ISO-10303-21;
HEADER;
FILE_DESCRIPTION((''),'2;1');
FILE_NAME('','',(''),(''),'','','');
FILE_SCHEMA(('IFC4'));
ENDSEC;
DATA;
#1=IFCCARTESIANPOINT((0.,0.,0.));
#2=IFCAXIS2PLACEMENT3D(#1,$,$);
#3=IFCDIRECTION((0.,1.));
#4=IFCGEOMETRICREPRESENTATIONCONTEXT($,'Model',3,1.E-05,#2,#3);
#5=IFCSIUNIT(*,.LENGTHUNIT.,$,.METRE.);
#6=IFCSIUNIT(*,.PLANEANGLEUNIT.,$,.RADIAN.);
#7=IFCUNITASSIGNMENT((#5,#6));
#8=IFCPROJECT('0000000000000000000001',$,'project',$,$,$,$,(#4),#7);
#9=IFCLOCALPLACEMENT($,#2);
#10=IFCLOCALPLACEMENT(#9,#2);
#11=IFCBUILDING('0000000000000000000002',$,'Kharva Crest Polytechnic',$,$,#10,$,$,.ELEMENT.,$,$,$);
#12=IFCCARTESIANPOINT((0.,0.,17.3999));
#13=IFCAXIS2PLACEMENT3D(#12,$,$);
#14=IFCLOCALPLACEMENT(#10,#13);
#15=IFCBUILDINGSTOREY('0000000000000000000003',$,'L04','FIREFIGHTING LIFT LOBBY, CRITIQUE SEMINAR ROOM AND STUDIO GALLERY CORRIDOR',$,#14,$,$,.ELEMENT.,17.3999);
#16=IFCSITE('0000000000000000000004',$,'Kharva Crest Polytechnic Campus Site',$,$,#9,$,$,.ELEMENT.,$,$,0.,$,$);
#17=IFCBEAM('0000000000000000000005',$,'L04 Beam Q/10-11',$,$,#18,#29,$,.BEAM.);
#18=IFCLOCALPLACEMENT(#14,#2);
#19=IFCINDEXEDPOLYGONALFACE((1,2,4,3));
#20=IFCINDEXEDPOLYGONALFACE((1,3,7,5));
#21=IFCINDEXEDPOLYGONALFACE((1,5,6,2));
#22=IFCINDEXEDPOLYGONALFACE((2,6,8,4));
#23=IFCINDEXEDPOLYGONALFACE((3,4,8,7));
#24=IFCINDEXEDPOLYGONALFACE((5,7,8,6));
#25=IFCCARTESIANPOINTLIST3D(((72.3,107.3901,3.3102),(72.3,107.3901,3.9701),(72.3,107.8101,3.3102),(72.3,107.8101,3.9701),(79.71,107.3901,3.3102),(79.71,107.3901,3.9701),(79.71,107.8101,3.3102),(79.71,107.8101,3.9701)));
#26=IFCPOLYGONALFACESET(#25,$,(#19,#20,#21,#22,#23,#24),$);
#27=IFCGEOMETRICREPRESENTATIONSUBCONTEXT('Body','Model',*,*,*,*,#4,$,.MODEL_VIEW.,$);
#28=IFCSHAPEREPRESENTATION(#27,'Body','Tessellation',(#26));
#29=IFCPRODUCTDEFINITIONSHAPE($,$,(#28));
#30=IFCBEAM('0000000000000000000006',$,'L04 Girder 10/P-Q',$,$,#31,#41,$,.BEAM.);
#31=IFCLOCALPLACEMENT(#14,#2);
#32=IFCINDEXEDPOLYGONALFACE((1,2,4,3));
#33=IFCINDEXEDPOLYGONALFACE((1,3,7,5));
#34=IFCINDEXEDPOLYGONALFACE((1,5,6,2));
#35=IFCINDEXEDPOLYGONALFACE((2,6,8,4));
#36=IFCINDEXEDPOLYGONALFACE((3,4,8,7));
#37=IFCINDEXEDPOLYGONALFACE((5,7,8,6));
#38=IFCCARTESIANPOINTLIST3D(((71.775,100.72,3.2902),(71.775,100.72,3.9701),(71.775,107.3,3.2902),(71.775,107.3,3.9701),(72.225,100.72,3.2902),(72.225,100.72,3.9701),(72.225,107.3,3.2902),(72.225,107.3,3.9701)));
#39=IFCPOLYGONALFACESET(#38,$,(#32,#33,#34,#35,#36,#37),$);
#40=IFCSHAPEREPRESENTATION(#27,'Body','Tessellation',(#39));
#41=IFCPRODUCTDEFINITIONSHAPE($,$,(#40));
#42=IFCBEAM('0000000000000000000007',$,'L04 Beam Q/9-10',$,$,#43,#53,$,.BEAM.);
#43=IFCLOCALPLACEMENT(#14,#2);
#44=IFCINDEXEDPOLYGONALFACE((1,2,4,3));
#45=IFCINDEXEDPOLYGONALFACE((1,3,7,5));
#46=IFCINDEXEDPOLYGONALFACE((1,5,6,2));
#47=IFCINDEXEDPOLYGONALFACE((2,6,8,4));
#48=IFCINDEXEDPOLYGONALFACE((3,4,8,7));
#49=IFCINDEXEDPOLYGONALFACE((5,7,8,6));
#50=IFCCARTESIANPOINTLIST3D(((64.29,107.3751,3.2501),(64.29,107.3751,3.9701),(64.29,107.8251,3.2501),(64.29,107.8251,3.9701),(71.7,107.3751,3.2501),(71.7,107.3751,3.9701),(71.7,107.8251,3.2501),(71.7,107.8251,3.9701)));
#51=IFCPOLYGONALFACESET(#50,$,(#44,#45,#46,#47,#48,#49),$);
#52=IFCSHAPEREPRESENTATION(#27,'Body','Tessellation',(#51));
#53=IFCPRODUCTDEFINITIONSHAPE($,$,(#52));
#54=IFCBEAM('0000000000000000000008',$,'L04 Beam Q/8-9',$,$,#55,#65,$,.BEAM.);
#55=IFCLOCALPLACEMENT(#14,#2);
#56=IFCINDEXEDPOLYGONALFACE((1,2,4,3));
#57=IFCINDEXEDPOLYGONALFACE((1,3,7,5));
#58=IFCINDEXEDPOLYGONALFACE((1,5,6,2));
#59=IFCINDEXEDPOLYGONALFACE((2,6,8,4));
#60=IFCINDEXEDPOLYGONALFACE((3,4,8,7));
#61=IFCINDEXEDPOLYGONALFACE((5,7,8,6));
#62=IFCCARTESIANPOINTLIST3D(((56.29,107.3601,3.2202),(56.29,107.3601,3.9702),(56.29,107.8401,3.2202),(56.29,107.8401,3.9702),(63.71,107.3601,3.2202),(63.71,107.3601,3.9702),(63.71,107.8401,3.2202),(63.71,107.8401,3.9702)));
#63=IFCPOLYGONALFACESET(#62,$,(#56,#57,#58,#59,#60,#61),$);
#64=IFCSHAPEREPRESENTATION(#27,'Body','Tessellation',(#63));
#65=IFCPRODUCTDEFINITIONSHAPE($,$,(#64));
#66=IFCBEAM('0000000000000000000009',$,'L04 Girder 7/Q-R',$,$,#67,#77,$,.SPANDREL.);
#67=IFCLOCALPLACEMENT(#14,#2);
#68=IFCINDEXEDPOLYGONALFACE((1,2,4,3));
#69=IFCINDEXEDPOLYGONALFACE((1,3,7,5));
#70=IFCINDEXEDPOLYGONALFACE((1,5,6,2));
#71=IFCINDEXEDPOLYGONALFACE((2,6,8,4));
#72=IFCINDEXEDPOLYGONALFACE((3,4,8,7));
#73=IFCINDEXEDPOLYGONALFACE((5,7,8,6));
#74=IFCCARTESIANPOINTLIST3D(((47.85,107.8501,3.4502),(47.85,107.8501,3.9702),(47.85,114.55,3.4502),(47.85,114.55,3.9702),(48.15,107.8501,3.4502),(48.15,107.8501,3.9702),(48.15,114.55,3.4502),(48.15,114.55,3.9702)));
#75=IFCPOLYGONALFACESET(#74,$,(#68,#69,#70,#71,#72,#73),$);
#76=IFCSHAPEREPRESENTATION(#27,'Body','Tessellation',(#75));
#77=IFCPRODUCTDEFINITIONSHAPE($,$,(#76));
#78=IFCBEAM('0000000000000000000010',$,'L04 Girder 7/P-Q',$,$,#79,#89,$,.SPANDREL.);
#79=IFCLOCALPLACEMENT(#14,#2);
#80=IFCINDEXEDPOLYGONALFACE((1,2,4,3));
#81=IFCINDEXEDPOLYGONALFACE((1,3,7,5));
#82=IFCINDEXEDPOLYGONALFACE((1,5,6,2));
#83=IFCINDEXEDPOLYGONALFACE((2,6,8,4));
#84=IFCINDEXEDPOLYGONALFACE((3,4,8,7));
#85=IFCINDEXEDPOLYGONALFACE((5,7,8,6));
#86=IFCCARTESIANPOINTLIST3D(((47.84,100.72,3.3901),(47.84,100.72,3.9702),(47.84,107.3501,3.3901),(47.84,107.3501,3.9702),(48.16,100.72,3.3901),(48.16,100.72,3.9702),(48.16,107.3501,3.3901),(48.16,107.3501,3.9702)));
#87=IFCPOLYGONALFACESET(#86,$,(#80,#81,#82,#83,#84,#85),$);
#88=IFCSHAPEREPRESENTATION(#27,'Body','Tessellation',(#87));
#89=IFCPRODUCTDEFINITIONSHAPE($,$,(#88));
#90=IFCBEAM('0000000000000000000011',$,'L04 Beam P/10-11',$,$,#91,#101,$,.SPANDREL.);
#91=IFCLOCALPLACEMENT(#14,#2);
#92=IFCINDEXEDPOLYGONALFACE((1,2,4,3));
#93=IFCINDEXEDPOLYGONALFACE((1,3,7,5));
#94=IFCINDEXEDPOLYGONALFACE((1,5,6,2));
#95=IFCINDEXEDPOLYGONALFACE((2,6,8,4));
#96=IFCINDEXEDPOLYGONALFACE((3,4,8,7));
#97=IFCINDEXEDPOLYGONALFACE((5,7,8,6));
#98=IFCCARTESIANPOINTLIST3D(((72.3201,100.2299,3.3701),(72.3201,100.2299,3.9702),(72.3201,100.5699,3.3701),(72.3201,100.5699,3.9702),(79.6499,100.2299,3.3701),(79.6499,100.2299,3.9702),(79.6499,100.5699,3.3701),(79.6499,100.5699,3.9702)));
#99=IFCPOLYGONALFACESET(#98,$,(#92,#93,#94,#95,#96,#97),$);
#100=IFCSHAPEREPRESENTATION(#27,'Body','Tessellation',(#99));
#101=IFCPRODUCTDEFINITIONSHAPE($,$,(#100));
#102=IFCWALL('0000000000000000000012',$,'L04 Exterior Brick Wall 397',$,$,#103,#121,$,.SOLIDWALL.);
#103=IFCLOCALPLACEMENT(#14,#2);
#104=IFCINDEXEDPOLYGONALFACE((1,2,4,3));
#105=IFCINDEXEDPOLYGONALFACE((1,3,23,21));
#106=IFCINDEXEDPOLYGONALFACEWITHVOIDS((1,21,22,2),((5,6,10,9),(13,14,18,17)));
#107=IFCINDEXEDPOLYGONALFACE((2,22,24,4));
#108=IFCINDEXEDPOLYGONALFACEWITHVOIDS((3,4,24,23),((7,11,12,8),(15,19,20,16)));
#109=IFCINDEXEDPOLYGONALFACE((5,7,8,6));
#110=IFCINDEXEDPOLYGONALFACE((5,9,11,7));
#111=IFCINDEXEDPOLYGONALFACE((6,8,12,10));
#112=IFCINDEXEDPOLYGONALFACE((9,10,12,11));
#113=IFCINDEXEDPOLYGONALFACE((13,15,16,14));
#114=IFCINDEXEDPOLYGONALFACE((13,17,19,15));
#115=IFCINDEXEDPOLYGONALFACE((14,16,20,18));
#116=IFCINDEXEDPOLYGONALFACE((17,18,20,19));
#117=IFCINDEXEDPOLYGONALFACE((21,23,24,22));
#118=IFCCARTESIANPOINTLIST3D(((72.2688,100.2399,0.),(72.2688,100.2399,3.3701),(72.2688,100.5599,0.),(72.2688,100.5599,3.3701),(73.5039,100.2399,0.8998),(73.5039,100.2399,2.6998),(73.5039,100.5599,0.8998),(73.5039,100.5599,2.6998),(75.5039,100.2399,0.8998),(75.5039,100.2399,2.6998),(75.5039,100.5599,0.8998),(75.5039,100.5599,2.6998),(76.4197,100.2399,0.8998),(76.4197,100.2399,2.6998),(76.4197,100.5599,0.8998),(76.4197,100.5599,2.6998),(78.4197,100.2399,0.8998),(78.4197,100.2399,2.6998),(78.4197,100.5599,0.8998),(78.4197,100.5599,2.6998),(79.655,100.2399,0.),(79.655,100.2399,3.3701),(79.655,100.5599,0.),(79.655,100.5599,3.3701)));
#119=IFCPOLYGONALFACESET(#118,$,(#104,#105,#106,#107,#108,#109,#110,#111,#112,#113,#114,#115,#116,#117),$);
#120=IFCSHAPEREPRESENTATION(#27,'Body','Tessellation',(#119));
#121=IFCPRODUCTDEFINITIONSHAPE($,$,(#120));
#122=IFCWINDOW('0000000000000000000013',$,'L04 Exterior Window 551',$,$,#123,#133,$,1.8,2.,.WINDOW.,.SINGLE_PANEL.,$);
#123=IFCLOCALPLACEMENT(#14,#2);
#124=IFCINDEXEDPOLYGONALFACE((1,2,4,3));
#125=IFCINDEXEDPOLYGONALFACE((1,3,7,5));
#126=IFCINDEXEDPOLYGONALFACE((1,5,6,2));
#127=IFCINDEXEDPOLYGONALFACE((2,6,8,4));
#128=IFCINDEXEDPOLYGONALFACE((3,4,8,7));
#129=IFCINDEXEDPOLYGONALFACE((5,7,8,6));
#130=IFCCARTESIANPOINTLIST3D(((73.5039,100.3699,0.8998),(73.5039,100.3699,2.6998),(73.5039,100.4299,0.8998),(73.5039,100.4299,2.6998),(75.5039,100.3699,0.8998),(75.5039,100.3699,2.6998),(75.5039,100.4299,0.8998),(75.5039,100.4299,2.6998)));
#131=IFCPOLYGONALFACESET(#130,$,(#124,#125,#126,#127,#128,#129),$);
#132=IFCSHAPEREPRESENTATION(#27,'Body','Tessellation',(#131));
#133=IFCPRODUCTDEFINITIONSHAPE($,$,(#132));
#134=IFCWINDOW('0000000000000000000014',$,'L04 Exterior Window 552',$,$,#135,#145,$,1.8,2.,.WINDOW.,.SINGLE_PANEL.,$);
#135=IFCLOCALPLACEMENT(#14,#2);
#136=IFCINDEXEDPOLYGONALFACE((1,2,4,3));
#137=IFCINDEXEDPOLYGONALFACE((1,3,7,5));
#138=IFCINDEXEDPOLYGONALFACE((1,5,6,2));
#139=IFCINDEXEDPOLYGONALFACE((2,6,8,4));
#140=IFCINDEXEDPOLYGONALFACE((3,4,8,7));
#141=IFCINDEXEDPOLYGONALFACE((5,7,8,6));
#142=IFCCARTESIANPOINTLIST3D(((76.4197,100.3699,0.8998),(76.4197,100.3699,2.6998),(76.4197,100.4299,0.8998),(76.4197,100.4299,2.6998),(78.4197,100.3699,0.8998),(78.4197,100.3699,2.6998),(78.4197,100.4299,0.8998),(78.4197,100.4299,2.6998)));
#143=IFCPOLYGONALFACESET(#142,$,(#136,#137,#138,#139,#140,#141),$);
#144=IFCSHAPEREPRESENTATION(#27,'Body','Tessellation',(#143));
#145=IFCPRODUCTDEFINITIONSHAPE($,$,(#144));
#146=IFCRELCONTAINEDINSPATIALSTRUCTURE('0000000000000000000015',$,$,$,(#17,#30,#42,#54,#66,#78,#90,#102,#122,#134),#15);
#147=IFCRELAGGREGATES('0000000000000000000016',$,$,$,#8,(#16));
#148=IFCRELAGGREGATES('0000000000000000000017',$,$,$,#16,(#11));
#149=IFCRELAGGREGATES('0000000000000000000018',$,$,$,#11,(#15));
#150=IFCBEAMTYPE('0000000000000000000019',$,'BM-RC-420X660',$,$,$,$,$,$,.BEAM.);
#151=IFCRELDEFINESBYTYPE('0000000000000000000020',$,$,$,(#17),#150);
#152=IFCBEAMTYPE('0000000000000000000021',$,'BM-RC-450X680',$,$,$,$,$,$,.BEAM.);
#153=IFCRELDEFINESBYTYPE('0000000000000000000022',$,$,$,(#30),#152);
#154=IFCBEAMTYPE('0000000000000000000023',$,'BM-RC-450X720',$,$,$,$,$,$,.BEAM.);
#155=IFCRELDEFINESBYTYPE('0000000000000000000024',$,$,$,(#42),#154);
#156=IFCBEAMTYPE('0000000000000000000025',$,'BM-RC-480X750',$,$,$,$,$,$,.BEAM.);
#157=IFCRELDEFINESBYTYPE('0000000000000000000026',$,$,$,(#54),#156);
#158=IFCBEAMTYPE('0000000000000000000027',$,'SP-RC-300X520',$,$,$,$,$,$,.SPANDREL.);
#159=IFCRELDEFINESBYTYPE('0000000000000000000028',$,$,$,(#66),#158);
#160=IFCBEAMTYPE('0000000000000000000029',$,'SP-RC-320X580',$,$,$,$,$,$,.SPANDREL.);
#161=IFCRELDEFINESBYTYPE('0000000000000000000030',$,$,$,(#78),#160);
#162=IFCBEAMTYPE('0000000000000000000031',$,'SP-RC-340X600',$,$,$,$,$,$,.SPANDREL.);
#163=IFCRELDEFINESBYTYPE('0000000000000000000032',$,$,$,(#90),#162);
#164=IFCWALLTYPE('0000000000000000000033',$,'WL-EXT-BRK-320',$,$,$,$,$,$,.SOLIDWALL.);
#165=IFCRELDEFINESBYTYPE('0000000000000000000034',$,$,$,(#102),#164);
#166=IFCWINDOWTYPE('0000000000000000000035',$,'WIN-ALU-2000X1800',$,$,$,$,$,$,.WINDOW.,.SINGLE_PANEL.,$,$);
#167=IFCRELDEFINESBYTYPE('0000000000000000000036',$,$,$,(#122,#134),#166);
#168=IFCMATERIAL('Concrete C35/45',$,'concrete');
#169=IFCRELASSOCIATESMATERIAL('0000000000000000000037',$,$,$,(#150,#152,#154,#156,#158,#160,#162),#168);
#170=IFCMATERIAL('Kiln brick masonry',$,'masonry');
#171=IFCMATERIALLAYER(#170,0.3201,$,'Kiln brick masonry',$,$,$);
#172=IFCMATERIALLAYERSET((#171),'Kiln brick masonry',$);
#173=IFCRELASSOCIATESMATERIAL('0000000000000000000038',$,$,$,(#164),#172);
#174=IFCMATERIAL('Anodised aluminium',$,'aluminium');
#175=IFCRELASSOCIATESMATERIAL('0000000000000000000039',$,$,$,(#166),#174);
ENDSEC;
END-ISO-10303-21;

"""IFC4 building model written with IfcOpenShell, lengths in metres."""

from ifc_helpers import new_model, si_unit, direction, frame, frame_2d, origin, origin_2d, place, context, subcontext, project, spatial, rectangle, extrude, material, layer, layer_set, material_profile, profile_set, type_object, element, fill, save


model = new_model("IFC4")

# Units and contexts
model_context = context("Model", 3, precision=1e-05, world=origin(), true_north=direction((0.0, 1.0)))
body_context = subcontext(model_context, "Body", "Model", "MODEL_VIEW")
ifc_project = project(units=[si_unit("LENGTHUNIT", "METRE"), si_unit("PLANEANGLEUNIT", "RADIAN")], contexts=[model_context])

# Site, building, storey
site_placement = place(None, origin())
site = spatial("IfcSite", under=ifc_project, at=site_placement, Name="Kharva Crest Polytechnic Campus Site", CompositionType="ELEMENT", RefElevation=0.0)
building_placement = place(site_placement, origin())
building = spatial("IfcBuilding", under=site, at=building_placement, Name="Kharva Crest Polytechnic", CompositionType="ELEMENT")
storey_placement = place(building_placement, frame((0.0, 0.0, 17.3999)))
storey = spatial("IfcBuildingStorey", under=building, at=storey_placement, Name="L04", Description="FIREFIGHTING LIFT LOBBY, CRITIQUE SEMINAR ROOM AND STUDIO GALLERY CORRIDOR", CompositionType="ELEMENT", Elevation=17.3999)

# Beams
ifc_material_1 = material(Name="Concrete C35/45", Category="concrete")
ifc_material_profile_1 = material_profile(ifc_material_1, rectangle(XDim=0.4199, YDim=0.6599, at=origin_2d()), Name="RECT 420 X 660")
ifc_profile_set_1 = profile_set([ifc_material_profile_1], Name="Concrete C35/45")
beam_type_1 = type_object("IfcBeamType", Name="BM-RC-420X660", PredefinedType="BEAM", material=ifc_profile_set_1)
beam_1_placement = place(storey_placement, frame((72.3, 107.6001, 3.6401), z_axis=(1.0, 0.0, 0.0), x_axis=(0.0, 1.0, 0.0)))
element("IfcBeam", 1, at=beam_1_placement, inside=storey, type_object=beam_type_1, Name="L04 Beam Q/10-11", PredefinedType="BEAM", context=body_context, shape_type="SweptSolid", body=[
    extrude(rectangle(XDim=0.4199, YDim=0.6599, at=origin_2d()), origin(), (0.0, 0.0, 1.0), 7.4099),
])
ifc_material_profile_2 = material_profile(ifc_material_1, rectangle(XDim=0.45, YDim=0.6799, at=origin_2d()), Name="RECT 450 X 680")
ifc_profile_set_2 = profile_set([ifc_material_profile_2], Name="Concrete C35/45")
beam_type_2 = type_object("IfcBeamType", Name="BM-RC-450X680", PredefinedType="BEAM", material=ifc_profile_set_2)
beam_2_placement = place(storey_placement, frame((72.0, 100.72, 3.6301), z_axis=(0.0, 1.0, 0.0), x_axis=(-1.0, 0.0, 0.0)))
element("IfcBeam", 2, at=beam_2_placement, inside=storey, type_object=beam_type_2, Name="L04 Girder 10/P-Q", PredefinedType="BEAM", context=body_context, shape_type="SweptSolid", body=[
    extrude(rectangle(XDim=0.45, YDim=0.6799, at=origin_2d()), origin(), (0.0, 0.0, 1.0), 6.5801),
])
ifc_material_profile_3 = material_profile(ifc_material_1, rectangle(XDim=0.45, YDim=0.72, at=origin_2d()), Name="RECT 450 X 720")
ifc_profile_set_3 = profile_set([ifc_material_profile_3], Name="Concrete C35/45")
beam_type_3 = type_object("IfcBeamType", Name="BM-RC-450X720", PredefinedType="BEAM", material=ifc_profile_set_3)
beam_3_placement = place(storey_placement, frame((64.29, 107.6001, 3.6101), z_axis=(1.0, 0.0, 0.0), x_axis=(0.0, 1.0, 0.0)))
element("IfcBeam", 3, at=beam_3_placement, inside=storey, type_object=beam_type_3, Name="L04 Beam Q/9-10", PredefinedType="BEAM", context=body_context, shape_type="SweptSolid", body=[
    extrude(rectangle(XDim=0.45, YDim=0.72, at=origin_2d()), origin(), (0.0, 0.0, 1.0), 7.4099),
])
ifc_material_profile_4 = material_profile(ifc_material_1, rectangle(XDim=0.48, YDim=0.75, at=origin_2d()), Name="RECT 480 X 750")
ifc_profile_set_4 = profile_set([ifc_material_profile_4], Name="Concrete C35/45")
beam_type_4 = type_object("IfcBeamType", Name="BM-RC-480X750", PredefinedType="BEAM", material=ifc_profile_set_4)
beam_4_placement = place(storey_placement, frame((56.29, 107.6001, 3.5952), z_axis=(1.0, 0.0, 0.0), x_axis=(0.0, 1.0, 0.0)))
element("IfcBeam", 4, at=beam_4_placement, inside=storey, type_object=beam_type_4, Name="L04 Beam Q/8-9", PredefinedType="BEAM", context=body_context, shape_type="SweptSolid", body=[
    extrude(rectangle(XDim=0.48, YDim=0.75, at=origin_2d()), origin(), (0.0, 0.0, 1.0), 7.4199),
])
ifc_material_profile_5 = material_profile(ifc_material_1, rectangle(XDim=0.3, YDim=0.52, at=origin_2d()), Name="RECT 300 X 520")
ifc_profile_set_5 = profile_set([ifc_material_profile_5], Name="Concrete C35/45")
beam_type_5 = type_object("IfcBeamType", Name="SP-RC-300X520", PredefinedType="SPANDREL", material=ifc_profile_set_5)
beam_5_placement = place(storey_placement, frame((48.0, 107.8501, 3.7102), z_axis=(0.0, 1.0, 0.0), x_axis=(-1.0, 0.0, 0.0)))
element("IfcBeam", 5, at=beam_5_placement, inside=storey, type_object=beam_type_5, Name="L04 Girder 7/Q-R", PredefinedType="SPANDREL", context=body_context, shape_type="SweptSolid", body=[
    extrude(rectangle(XDim=0.3, YDim=0.52, at=origin_2d()), origin(), (0.0, 0.0, 1.0), 6.7),
])
ifc_material_profile_6 = material_profile(ifc_material_1, rectangle(XDim=0.3201, YDim=0.5801, at=origin_2d()), Name="RECT 320 X 580")
ifc_profile_set_6 = profile_set([ifc_material_profile_6], Name="Concrete C35/45")
beam_type_6 = type_object("IfcBeamType", Name="SP-RC-320X580", PredefinedType="SPANDREL", material=ifc_profile_set_6)
beam_6_placement = place(storey_placement, frame((48.0, 100.72, 3.6802), z_axis=(0.0, 1.0, 0.0), x_axis=(-1.0, 0.0, 0.0)))
element("IfcBeam", 6, at=beam_6_placement, inside=storey, type_object=beam_type_6, Name="L04 Girder 7/P-Q", PredefinedType="SPANDREL", context=body_context, shape_type="SweptSolid", body=[
    extrude(rectangle(XDim=0.3201, YDim=0.5801, at=origin_2d()), origin(), (0.0, 0.0, 1.0), 6.6301),
])
ifc_material_profile_7 = material_profile(ifc_material_1, rectangle(XDim=0.3401, YDim=0.6001, at=origin_2d()), Name="RECT 340 X 600")
ifc_profile_set_7 = profile_set([ifc_material_profile_7], Name="Concrete C35/45")
beam_type_7 = type_object("IfcBeamType", Name="SP-RC-340X600", PredefinedType="SPANDREL", material=ifc_profile_set_7)
beam_7_placement = place(storey_placement, frame((72.3201, 100.3999, 3.6702), z_axis=(1.0, 0.0, 0.0), x_axis=(0.0, 1.0, 0.0)))
element("IfcBeam", 7, at=beam_7_placement, inside=storey, type_object=beam_type_7, Name="L04 Beam P/10-11", PredefinedType="SPANDREL", context=body_context, shape_type="SweptSolid", body=[
    extrude(rectangle(XDim=0.3401, YDim=0.6001, at=origin_2d()), origin(), (0.0, 0.0, 1.0), 7.3298),
])

# Wall, openings, windows
ifc_material_2 = material(Name="Kiln brick masonry", Category="masonry")
ifc_layer_1 = layer(ifc_material_2, 0.3201, Name="Kiln brick masonry")
ifc_layer_set_1 = layer_set([ifc_layer_1], Name="Kiln brick masonry")
wall_type_1 = type_object("IfcWallType", Name="WL-EXT-BRK-320", PredefinedType="SOLIDWALL", material=ifc_layer_set_1)
wall_1_placement = place(storey_placement, frame((72.2688, 100.3999, 0.0), z_axis=(0.0, 0.0, 1.0), x_axis=(1.0, 0.0, 0.0)))
wall_1 = element("IfcWall", 8, at=wall_1_placement, inside=storey, type_object=wall_type_1, Name="L04 Exterior Brick Wall 397", PredefinedType="SOLIDWALL", context=body_context, shape_type="SweptSolid", body=[
    extrude(rectangle(XDim=7.3862, YDim=0.3201, at=frame_2d((3.6931, 0.0))), origin(), (0.0, 0.0, 1.0), 3.3701),
])
opening_1_placement = place(wall_1_placement, frame((1.2351, 0.0, 0.8999)))
opening_1 = element("IfcOpeningElement", 9, at=opening_1_placement, cuts=wall_1, PredefinedType="OPENING", context=body_context, shape_type="SweptSolid", body=[
    extrude(rectangle(XDim=2.0, YDim=1.8, at=frame_2d((1.0, 0.8999))), frame((0.0, 0.1699, 0.0), z_axis=(0.0, -1.0, 0.0), x_axis=(1.0, 0.0, 0.0)), (0.0, 0.0, 1.0), 0.3401),
])
opening_2_placement = place(wall_1_placement, frame((4.1509, 0.0, 0.8999)))
opening_2 = element("IfcOpeningElement", 10, at=opening_2_placement, cuts=wall_1, PredefinedType="OPENING", context=body_context, shape_type="SweptSolid", body=[
    extrude(rectangle(XDim=2.0, YDim=1.8, at=frame_2d((1.0, 0.8999))), frame((0.0, 0.1699, 0.0), z_axis=(0.0, -1.0, 0.0), x_axis=(1.0, 0.0, 0.0)), (0.0, 0.0, 1.0), 0.3401),
])
ifc_material_3 = material(Name="Anodised aluminium", Category="aluminium")
window_type_1 = type_object("IfcWindowType", Name="WIN-ALU-2000X1800", PartitioningType="SINGLE_PANEL", PredefinedType="WINDOW", material=ifc_material_3)
window_1_placement = place(opening_1_placement, origin())
window_1 = element("IfcWindow", 11, at=window_1_placement, inside=storey, type_object=window_type_1, Name="L04 Exterior Window 551", OverallHeight=1.8, OverallWidth=2.0, PartitioningType="SINGLE_PANEL", PredefinedType="WINDOW", context=body_context, shape_type="SweptSolid", body=[
    extrude(rectangle(XDim=2.0, YDim=1.8, at=frame_2d((1.0, 0.8999))), frame((0.0, 0.03, 0.0), z_axis=(0.0, -1.0, 0.0), x_axis=(1.0, 0.0, 0.0)), (0.0, 0.0, 1.0), 0.0601),
])
fill(opening_1, window_1)
window_2_placement = place(opening_2_placement, origin())
window_2 = element("IfcWindow", 12, at=window_2_placement, inside=storey, type_object=window_type_1, Name="L04 Exterior Window 552", OverallHeight=1.8, OverallWidth=2.0, PartitioningType="SINGLE_PANEL", PredefinedType="WINDOW", context=body_context, shape_type="SweptSolid", body=[
    extrude(rectangle(XDim=2.0, YDim=1.8, at=frame_2d((1.0, 0.8999))), frame((0.0, 0.03, 0.0), z_axis=(0.0, -1.0, 0.0), x_axis=(1.0, 0.0, 0.0)), (0.0, 0.0, 1.0), 0.0601),
])
fill(opening_2, window_2)

save(model, "model.ifc")
